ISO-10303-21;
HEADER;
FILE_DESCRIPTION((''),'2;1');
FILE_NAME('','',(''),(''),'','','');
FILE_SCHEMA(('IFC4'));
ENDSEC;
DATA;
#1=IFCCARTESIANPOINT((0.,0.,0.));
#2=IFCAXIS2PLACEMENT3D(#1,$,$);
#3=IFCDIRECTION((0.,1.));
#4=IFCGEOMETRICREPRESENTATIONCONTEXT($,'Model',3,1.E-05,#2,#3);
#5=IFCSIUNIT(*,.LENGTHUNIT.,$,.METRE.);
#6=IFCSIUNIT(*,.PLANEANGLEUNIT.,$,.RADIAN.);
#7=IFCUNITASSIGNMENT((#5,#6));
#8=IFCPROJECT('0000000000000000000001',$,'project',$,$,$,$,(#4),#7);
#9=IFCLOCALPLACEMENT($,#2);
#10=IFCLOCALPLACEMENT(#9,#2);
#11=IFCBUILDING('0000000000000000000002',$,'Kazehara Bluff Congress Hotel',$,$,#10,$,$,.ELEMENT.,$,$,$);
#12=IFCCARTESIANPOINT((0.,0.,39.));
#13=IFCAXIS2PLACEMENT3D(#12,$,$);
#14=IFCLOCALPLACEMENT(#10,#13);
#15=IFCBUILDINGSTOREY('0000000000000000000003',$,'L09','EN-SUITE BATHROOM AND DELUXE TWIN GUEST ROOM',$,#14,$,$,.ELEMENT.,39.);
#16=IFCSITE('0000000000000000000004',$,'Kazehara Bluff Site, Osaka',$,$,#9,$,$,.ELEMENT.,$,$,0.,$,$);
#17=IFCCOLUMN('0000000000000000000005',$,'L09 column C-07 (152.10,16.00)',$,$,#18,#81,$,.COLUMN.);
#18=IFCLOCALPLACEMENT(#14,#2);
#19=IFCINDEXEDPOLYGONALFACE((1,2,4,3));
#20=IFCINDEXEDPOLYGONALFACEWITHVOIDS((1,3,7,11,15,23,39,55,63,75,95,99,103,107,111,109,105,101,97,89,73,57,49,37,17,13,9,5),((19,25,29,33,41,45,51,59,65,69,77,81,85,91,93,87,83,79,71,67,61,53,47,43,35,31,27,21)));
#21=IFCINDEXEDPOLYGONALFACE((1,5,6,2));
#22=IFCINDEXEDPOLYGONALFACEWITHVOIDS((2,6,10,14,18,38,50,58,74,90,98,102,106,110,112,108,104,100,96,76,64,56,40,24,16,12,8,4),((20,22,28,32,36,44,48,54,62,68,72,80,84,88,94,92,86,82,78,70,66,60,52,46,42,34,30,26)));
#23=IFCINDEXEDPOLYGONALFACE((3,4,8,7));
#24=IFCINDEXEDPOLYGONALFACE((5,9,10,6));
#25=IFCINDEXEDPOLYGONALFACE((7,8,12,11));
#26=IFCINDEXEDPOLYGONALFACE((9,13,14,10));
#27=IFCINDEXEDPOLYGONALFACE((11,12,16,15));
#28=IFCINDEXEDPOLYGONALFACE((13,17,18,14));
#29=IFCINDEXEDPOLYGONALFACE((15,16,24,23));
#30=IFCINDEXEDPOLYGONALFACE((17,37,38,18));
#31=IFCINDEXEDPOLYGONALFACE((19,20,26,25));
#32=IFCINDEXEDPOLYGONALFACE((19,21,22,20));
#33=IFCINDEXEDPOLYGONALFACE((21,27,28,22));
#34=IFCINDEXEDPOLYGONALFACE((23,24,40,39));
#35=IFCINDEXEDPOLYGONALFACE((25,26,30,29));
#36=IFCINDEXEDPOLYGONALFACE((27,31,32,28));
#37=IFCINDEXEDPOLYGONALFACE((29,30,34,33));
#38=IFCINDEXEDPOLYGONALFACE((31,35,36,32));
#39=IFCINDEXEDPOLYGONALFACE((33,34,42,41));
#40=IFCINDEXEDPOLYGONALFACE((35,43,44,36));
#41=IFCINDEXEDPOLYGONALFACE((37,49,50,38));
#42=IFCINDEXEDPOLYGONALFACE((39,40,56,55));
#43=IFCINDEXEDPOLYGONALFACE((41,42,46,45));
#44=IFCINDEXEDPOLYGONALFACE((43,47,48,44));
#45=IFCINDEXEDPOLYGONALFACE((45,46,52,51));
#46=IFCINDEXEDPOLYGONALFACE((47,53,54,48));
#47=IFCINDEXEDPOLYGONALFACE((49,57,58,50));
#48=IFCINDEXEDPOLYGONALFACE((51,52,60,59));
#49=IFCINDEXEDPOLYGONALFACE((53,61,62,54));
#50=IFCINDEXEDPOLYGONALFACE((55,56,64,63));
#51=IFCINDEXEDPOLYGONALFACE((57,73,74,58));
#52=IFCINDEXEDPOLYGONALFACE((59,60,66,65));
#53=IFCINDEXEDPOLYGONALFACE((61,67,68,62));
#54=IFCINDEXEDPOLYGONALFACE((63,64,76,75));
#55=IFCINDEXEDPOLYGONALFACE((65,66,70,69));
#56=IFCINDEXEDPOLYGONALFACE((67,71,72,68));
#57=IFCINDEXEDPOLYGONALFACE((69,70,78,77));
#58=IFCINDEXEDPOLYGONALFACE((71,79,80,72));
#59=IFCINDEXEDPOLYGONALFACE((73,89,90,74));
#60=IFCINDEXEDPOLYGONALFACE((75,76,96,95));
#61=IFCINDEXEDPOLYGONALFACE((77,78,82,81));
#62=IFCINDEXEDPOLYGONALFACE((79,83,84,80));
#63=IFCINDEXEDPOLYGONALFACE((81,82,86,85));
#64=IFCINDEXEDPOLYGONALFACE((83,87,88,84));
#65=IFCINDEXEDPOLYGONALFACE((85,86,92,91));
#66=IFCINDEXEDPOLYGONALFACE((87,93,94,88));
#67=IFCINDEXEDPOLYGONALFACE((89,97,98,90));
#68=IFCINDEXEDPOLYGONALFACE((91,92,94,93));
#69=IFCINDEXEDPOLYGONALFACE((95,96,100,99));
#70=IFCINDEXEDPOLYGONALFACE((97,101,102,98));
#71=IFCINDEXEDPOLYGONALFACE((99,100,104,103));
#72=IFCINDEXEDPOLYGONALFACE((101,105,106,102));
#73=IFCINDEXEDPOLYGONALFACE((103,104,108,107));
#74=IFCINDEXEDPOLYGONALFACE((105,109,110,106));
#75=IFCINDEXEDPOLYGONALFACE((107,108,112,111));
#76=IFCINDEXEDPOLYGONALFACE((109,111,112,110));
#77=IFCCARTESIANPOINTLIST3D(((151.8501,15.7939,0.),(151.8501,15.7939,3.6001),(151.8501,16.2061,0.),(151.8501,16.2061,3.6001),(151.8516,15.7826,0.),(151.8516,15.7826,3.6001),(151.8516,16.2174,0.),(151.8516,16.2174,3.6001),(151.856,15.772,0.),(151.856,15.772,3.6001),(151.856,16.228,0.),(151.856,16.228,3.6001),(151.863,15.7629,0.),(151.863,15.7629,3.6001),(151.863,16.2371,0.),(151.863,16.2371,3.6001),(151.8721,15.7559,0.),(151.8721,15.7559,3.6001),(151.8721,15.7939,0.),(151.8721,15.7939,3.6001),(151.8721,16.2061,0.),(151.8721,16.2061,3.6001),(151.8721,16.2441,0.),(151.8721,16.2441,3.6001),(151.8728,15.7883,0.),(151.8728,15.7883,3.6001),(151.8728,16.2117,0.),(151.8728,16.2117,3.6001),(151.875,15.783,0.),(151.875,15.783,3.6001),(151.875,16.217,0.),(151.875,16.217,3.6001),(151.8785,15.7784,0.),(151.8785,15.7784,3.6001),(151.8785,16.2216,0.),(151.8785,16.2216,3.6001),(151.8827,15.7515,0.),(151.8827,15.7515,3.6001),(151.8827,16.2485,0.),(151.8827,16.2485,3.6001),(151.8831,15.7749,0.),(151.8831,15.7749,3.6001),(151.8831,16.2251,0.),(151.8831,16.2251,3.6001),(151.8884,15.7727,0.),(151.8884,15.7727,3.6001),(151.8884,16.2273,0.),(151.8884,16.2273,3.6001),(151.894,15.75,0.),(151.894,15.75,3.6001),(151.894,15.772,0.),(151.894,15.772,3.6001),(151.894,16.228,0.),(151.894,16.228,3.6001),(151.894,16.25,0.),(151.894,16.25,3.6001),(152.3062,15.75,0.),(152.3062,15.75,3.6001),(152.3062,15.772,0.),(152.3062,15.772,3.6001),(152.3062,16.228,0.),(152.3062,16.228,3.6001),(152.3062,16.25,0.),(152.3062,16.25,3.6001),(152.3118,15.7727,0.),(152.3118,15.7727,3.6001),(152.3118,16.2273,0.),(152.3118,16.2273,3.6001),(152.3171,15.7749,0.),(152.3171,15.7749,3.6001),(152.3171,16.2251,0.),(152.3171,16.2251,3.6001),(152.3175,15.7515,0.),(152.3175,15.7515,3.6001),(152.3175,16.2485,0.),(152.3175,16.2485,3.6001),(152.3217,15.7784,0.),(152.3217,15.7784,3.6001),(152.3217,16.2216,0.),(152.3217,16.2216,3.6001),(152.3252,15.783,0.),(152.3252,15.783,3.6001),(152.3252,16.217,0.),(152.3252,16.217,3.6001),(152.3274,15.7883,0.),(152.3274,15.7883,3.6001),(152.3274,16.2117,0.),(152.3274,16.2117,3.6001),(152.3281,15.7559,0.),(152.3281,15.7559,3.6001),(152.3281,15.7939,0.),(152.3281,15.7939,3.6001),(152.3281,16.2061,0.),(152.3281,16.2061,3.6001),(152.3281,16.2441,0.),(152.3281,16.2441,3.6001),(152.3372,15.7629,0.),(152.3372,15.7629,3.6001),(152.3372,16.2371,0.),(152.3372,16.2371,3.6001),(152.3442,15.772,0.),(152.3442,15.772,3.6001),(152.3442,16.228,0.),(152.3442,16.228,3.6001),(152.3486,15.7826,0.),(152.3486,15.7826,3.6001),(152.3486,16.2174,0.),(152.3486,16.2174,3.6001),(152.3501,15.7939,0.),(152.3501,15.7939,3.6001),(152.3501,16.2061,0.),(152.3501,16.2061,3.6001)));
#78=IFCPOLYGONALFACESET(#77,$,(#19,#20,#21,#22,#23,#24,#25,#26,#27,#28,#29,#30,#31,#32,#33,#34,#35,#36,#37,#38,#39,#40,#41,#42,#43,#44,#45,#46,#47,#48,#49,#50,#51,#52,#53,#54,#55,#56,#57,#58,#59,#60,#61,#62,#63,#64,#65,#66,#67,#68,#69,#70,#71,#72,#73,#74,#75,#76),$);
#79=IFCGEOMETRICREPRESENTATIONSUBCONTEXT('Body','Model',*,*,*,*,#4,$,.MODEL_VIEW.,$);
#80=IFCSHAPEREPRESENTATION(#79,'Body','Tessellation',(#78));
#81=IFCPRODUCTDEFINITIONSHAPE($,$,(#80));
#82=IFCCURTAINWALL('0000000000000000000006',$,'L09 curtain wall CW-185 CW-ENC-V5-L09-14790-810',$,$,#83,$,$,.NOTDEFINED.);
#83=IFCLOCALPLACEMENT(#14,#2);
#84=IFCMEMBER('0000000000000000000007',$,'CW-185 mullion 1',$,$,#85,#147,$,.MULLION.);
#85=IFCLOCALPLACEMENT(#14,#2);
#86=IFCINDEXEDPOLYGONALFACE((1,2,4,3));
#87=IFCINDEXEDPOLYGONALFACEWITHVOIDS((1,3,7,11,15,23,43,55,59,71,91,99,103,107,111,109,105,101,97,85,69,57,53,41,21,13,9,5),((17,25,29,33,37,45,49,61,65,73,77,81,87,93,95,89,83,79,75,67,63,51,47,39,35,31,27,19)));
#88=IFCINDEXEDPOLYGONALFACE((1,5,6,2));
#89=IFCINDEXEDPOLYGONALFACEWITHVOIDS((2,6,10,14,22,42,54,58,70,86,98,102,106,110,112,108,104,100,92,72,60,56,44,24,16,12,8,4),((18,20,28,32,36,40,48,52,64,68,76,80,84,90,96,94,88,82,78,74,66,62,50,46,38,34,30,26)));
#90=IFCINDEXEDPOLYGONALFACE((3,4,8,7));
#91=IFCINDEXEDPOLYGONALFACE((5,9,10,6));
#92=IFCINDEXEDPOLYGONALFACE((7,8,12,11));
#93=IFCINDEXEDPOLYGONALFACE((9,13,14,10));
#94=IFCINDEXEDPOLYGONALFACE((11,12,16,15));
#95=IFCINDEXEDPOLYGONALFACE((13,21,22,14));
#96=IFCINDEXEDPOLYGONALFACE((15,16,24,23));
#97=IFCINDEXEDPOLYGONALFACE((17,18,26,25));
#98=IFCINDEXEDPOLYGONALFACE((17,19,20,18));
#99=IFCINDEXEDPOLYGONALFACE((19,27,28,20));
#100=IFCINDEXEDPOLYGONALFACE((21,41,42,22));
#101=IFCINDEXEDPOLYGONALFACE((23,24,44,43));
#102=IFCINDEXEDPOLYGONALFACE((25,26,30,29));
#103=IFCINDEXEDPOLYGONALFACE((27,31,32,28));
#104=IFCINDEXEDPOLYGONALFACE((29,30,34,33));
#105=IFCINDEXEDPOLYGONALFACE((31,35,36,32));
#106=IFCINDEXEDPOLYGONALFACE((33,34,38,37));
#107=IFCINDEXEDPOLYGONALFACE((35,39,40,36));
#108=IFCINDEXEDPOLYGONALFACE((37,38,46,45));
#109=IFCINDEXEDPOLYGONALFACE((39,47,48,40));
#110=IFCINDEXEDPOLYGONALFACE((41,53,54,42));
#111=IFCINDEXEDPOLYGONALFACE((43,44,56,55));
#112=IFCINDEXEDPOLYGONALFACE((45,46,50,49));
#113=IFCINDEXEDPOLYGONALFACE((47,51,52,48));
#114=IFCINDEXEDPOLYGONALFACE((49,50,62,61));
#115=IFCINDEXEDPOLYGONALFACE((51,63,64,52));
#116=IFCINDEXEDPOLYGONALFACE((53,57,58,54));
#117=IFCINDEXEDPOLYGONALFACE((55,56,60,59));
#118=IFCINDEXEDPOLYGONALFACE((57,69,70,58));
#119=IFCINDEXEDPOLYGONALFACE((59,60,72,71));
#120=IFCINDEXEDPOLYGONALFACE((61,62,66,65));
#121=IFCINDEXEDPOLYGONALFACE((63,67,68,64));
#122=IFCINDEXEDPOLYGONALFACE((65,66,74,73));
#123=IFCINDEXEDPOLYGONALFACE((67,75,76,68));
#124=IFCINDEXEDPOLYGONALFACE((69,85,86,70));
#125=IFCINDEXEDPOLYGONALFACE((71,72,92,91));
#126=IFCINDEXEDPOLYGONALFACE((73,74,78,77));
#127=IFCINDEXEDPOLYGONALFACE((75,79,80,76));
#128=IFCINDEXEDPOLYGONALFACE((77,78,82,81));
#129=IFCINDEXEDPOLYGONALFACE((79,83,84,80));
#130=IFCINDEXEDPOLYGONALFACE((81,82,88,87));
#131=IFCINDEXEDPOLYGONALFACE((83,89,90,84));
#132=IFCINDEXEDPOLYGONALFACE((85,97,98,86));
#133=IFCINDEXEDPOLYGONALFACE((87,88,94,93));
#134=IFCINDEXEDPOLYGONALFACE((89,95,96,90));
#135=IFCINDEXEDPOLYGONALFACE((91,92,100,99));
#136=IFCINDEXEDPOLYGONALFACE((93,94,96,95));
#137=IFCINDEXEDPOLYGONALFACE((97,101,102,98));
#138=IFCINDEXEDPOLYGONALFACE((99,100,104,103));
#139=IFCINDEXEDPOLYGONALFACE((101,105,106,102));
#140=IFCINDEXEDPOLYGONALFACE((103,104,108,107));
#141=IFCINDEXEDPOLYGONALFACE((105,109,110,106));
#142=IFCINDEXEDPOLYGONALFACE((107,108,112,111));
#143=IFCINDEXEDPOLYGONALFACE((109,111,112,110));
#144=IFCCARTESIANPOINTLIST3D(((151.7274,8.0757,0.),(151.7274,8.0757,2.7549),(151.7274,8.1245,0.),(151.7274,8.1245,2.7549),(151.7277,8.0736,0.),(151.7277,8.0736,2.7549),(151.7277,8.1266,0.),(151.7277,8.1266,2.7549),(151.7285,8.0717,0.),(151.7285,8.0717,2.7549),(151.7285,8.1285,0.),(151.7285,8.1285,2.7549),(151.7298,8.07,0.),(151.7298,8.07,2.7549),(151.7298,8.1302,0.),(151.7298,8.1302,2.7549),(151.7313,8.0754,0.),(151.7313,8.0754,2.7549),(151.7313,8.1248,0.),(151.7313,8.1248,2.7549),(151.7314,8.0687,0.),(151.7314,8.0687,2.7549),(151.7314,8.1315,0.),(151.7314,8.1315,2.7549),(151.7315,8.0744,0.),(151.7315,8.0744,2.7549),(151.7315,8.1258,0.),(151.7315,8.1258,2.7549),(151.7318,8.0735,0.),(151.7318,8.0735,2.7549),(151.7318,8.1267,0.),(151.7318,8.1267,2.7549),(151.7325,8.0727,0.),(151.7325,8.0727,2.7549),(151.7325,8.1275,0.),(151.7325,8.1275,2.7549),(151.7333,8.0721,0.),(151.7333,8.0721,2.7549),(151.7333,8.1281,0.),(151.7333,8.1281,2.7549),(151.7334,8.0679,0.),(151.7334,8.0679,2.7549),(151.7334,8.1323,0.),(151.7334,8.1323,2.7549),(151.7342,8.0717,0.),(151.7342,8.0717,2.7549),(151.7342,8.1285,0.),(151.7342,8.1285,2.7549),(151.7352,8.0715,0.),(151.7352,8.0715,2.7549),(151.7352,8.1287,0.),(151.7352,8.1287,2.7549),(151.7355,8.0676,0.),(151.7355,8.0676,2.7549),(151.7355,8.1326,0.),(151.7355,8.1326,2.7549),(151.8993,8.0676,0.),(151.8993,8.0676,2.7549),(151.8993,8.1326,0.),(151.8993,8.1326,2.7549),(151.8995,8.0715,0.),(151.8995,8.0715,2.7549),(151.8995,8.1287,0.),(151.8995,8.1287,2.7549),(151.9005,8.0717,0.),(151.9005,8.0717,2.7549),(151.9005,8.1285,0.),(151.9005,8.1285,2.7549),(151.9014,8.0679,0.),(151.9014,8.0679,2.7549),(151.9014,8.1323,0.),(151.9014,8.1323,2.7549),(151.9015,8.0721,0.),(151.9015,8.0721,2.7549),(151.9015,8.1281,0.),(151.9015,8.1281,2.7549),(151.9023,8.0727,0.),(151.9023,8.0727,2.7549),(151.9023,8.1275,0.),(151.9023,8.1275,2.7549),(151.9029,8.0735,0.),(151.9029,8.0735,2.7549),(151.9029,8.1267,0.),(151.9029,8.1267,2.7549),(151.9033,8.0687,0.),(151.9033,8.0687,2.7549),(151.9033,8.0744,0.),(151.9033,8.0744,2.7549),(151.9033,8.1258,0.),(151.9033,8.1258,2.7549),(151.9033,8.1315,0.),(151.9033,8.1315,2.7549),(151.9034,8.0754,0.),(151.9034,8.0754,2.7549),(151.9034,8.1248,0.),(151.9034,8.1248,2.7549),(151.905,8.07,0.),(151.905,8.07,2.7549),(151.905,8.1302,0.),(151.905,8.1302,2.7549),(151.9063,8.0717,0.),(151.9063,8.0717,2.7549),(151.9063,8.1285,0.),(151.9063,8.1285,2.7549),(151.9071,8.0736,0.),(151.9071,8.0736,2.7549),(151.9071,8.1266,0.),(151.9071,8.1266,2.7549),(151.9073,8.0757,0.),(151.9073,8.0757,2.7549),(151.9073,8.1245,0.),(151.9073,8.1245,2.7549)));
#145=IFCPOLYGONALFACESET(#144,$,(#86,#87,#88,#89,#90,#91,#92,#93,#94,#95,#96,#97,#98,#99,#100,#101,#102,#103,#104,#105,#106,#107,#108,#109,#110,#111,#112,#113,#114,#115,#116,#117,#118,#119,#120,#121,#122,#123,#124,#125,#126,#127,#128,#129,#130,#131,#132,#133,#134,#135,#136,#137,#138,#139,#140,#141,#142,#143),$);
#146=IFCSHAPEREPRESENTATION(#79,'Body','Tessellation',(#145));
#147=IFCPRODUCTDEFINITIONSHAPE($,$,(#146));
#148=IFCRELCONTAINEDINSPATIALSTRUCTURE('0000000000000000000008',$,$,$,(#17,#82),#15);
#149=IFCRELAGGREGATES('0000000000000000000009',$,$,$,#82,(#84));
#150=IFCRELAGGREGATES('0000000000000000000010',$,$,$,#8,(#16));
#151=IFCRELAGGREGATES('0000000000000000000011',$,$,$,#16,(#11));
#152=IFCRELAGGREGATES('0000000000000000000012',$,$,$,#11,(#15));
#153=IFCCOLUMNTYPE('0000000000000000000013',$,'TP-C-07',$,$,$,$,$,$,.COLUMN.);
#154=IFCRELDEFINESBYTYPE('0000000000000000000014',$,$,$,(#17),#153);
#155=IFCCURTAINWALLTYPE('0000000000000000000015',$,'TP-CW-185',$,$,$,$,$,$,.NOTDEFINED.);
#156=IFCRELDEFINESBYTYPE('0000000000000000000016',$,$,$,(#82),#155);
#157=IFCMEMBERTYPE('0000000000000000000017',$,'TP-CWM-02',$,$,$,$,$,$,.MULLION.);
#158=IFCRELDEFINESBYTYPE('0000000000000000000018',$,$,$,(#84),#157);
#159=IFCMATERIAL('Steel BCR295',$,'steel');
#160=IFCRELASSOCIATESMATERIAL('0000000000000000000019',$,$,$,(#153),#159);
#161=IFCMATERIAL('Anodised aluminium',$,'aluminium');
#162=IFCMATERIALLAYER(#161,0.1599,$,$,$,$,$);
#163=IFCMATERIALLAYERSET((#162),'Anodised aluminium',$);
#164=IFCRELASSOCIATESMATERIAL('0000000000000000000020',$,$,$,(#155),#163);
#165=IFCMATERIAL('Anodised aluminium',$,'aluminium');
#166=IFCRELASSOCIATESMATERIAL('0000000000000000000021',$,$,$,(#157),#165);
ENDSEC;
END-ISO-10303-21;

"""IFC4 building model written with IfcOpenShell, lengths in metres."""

from ifc_helpers import new_model, si_unit, direction, frame, origin, origin_2d, place, context, subcontext, project, spatial, hollow_rectangle, extrude, material, layer, layer_set, material_profile, profile_set, type_object, element, aggregate, save


model = new_model("IFC4")

# Units and contexts
model_context = context("Model", 3, precision=1e-05, world=origin(), true_north=direction((0.0, 1.0)))
body_context = subcontext(model_context, "Body", "Model", "MODEL_VIEW")
ifc_project = project(units=[si_unit("LENGTHUNIT", "METRE"), si_unit("PLANEANGLEUNIT", "RADIAN")], contexts=[model_context])

# Site, building, storey
site_placement = place(None, origin())
site = spatial("IfcSite", under=ifc_project, at=site_placement, Name="Kazehara Bluff Site, Osaka", CompositionType="ELEMENT", RefElevation=0.0)
building_placement = place(site_placement, origin())
building = spatial("IfcBuilding", under=site, at=building_placement, Name="Kazehara Bluff Congress Hotel", CompositionType="ELEMENT")
storey_placement = place(building_placement, frame((0.0, 0.0, 39.0)))
storey = spatial("IfcBuildingStorey", under=building, at=storey_placement, Name="L09", Description="EN-SUITE BATHROOM AND DELUXE TWIN GUEST ROOM", CompositionType="ELEMENT", Elevation=39.0)

# Column
ifc_material_1 = material(Name="Steel BCR295", Category="steel")
ifc_material_profile_1 = material_profile(ifc_material_1, hollow_rectangle(XDim=0.5, YDim=0.5, WallThickness=0.022, InnerFilletRadius=0.022, OuterFilletRadius=0.0439, at=origin_2d()))
ifc_profile_set_1 = profile_set([ifc_material_profile_1], Name="Steel BCR295")
column_type = type_object("IfcColumnType", Name="TP-C-07", PredefinedType="COLUMN", material=ifc_profile_set_1)
column_placement = place(storey_placement, frame((152.1001, 16.0, 0.0), z_axis=(0.0, 0.0, 1.0), x_axis=(1.0, 0.0, 0.0)))
element("IfcColumn", 1, at=column_placement, inside=storey, type_object=column_type, Name="L09 column C-07 (152.10,16.00)", PredefinedType="COLUMN", context=body_context, shape_type="SweptSolid", body=[
    extrude(hollow_rectangle(XDim=0.5, YDim=0.5, WallThickness=0.022, InnerFilletRadius=0.022, OuterFilletRadius=0.0439, at=origin_2d()), origin(), (0.0, 0.0, 1.0), 3.6001),
])

# Curtain wall, member
ifc_material_2 = material(Name="Anodised aluminium", Category="aluminium")
ifc_layer_1 = layer(ifc_material_2, 0.1599)
ifc_layer_set_1 = layer_set([ifc_layer_1], Name="Anodised aluminium")
curtain_wall_type = type_object("IfcCurtainWallType", Name="TP-CW-185", PredefinedType="NOTDEFINED", material=ifc_layer_set_1)
curtain_wall_1_placement = place(storey_placement, origin())
curtain_wall_1 = element("IfcCurtainWall", 2, at=curtain_wall_1_placement, inside=storey, type_object=curtain_wall_type, Name="L09 curtain wall CW-185 CW-ENC-V5-L09-14790-810", PredefinedType="NOTDEFINED")
ifc_material_3 = material(Name="Anodised aluminium", Category="aluminium")
ifc_material_profile_2 = material_profile(ifc_material_3, hollow_rectangle(XDim=0.0649, YDim=0.1799, WallThickness=0.0039, InnerFilletRadius=0.0039, OuterFilletRadius=0.0081, at=origin_2d()))
ifc_profile_set_2 = profile_set([ifc_material_profile_2], Name="Anodised aluminium")
member_type_1 = type_object("IfcMemberType", Name="TP-CWM-02", PredefinedType="MULLION", material=ifc_profile_set_2)
member_1_placement = place(storey_placement, frame((151.8174, 8.1001, 0.0), z_axis=(0.0, 0.0, 1.0), x_axis=(0.0, -1.0, 0.0)))
member_1 = element("IfcMember", 3, at=member_1_placement, type_object=member_type_1, Name="CW-185 mullion 1", PredefinedType="MULLION", context=body_context, shape_type="SweptSolid", body=[
    extrude(hollow_rectangle(XDim=0.0649, YDim=0.1799, WallThickness=0.0039, InnerFilletRadius=0.0039, OuterFilletRadius=0.0081, at=origin_2d()), origin(), (0.0, 0.0, 1.0), 2.7549),
])

aggregate(curtain_wall_1, [member_1])

save(model, "model.ifc")
